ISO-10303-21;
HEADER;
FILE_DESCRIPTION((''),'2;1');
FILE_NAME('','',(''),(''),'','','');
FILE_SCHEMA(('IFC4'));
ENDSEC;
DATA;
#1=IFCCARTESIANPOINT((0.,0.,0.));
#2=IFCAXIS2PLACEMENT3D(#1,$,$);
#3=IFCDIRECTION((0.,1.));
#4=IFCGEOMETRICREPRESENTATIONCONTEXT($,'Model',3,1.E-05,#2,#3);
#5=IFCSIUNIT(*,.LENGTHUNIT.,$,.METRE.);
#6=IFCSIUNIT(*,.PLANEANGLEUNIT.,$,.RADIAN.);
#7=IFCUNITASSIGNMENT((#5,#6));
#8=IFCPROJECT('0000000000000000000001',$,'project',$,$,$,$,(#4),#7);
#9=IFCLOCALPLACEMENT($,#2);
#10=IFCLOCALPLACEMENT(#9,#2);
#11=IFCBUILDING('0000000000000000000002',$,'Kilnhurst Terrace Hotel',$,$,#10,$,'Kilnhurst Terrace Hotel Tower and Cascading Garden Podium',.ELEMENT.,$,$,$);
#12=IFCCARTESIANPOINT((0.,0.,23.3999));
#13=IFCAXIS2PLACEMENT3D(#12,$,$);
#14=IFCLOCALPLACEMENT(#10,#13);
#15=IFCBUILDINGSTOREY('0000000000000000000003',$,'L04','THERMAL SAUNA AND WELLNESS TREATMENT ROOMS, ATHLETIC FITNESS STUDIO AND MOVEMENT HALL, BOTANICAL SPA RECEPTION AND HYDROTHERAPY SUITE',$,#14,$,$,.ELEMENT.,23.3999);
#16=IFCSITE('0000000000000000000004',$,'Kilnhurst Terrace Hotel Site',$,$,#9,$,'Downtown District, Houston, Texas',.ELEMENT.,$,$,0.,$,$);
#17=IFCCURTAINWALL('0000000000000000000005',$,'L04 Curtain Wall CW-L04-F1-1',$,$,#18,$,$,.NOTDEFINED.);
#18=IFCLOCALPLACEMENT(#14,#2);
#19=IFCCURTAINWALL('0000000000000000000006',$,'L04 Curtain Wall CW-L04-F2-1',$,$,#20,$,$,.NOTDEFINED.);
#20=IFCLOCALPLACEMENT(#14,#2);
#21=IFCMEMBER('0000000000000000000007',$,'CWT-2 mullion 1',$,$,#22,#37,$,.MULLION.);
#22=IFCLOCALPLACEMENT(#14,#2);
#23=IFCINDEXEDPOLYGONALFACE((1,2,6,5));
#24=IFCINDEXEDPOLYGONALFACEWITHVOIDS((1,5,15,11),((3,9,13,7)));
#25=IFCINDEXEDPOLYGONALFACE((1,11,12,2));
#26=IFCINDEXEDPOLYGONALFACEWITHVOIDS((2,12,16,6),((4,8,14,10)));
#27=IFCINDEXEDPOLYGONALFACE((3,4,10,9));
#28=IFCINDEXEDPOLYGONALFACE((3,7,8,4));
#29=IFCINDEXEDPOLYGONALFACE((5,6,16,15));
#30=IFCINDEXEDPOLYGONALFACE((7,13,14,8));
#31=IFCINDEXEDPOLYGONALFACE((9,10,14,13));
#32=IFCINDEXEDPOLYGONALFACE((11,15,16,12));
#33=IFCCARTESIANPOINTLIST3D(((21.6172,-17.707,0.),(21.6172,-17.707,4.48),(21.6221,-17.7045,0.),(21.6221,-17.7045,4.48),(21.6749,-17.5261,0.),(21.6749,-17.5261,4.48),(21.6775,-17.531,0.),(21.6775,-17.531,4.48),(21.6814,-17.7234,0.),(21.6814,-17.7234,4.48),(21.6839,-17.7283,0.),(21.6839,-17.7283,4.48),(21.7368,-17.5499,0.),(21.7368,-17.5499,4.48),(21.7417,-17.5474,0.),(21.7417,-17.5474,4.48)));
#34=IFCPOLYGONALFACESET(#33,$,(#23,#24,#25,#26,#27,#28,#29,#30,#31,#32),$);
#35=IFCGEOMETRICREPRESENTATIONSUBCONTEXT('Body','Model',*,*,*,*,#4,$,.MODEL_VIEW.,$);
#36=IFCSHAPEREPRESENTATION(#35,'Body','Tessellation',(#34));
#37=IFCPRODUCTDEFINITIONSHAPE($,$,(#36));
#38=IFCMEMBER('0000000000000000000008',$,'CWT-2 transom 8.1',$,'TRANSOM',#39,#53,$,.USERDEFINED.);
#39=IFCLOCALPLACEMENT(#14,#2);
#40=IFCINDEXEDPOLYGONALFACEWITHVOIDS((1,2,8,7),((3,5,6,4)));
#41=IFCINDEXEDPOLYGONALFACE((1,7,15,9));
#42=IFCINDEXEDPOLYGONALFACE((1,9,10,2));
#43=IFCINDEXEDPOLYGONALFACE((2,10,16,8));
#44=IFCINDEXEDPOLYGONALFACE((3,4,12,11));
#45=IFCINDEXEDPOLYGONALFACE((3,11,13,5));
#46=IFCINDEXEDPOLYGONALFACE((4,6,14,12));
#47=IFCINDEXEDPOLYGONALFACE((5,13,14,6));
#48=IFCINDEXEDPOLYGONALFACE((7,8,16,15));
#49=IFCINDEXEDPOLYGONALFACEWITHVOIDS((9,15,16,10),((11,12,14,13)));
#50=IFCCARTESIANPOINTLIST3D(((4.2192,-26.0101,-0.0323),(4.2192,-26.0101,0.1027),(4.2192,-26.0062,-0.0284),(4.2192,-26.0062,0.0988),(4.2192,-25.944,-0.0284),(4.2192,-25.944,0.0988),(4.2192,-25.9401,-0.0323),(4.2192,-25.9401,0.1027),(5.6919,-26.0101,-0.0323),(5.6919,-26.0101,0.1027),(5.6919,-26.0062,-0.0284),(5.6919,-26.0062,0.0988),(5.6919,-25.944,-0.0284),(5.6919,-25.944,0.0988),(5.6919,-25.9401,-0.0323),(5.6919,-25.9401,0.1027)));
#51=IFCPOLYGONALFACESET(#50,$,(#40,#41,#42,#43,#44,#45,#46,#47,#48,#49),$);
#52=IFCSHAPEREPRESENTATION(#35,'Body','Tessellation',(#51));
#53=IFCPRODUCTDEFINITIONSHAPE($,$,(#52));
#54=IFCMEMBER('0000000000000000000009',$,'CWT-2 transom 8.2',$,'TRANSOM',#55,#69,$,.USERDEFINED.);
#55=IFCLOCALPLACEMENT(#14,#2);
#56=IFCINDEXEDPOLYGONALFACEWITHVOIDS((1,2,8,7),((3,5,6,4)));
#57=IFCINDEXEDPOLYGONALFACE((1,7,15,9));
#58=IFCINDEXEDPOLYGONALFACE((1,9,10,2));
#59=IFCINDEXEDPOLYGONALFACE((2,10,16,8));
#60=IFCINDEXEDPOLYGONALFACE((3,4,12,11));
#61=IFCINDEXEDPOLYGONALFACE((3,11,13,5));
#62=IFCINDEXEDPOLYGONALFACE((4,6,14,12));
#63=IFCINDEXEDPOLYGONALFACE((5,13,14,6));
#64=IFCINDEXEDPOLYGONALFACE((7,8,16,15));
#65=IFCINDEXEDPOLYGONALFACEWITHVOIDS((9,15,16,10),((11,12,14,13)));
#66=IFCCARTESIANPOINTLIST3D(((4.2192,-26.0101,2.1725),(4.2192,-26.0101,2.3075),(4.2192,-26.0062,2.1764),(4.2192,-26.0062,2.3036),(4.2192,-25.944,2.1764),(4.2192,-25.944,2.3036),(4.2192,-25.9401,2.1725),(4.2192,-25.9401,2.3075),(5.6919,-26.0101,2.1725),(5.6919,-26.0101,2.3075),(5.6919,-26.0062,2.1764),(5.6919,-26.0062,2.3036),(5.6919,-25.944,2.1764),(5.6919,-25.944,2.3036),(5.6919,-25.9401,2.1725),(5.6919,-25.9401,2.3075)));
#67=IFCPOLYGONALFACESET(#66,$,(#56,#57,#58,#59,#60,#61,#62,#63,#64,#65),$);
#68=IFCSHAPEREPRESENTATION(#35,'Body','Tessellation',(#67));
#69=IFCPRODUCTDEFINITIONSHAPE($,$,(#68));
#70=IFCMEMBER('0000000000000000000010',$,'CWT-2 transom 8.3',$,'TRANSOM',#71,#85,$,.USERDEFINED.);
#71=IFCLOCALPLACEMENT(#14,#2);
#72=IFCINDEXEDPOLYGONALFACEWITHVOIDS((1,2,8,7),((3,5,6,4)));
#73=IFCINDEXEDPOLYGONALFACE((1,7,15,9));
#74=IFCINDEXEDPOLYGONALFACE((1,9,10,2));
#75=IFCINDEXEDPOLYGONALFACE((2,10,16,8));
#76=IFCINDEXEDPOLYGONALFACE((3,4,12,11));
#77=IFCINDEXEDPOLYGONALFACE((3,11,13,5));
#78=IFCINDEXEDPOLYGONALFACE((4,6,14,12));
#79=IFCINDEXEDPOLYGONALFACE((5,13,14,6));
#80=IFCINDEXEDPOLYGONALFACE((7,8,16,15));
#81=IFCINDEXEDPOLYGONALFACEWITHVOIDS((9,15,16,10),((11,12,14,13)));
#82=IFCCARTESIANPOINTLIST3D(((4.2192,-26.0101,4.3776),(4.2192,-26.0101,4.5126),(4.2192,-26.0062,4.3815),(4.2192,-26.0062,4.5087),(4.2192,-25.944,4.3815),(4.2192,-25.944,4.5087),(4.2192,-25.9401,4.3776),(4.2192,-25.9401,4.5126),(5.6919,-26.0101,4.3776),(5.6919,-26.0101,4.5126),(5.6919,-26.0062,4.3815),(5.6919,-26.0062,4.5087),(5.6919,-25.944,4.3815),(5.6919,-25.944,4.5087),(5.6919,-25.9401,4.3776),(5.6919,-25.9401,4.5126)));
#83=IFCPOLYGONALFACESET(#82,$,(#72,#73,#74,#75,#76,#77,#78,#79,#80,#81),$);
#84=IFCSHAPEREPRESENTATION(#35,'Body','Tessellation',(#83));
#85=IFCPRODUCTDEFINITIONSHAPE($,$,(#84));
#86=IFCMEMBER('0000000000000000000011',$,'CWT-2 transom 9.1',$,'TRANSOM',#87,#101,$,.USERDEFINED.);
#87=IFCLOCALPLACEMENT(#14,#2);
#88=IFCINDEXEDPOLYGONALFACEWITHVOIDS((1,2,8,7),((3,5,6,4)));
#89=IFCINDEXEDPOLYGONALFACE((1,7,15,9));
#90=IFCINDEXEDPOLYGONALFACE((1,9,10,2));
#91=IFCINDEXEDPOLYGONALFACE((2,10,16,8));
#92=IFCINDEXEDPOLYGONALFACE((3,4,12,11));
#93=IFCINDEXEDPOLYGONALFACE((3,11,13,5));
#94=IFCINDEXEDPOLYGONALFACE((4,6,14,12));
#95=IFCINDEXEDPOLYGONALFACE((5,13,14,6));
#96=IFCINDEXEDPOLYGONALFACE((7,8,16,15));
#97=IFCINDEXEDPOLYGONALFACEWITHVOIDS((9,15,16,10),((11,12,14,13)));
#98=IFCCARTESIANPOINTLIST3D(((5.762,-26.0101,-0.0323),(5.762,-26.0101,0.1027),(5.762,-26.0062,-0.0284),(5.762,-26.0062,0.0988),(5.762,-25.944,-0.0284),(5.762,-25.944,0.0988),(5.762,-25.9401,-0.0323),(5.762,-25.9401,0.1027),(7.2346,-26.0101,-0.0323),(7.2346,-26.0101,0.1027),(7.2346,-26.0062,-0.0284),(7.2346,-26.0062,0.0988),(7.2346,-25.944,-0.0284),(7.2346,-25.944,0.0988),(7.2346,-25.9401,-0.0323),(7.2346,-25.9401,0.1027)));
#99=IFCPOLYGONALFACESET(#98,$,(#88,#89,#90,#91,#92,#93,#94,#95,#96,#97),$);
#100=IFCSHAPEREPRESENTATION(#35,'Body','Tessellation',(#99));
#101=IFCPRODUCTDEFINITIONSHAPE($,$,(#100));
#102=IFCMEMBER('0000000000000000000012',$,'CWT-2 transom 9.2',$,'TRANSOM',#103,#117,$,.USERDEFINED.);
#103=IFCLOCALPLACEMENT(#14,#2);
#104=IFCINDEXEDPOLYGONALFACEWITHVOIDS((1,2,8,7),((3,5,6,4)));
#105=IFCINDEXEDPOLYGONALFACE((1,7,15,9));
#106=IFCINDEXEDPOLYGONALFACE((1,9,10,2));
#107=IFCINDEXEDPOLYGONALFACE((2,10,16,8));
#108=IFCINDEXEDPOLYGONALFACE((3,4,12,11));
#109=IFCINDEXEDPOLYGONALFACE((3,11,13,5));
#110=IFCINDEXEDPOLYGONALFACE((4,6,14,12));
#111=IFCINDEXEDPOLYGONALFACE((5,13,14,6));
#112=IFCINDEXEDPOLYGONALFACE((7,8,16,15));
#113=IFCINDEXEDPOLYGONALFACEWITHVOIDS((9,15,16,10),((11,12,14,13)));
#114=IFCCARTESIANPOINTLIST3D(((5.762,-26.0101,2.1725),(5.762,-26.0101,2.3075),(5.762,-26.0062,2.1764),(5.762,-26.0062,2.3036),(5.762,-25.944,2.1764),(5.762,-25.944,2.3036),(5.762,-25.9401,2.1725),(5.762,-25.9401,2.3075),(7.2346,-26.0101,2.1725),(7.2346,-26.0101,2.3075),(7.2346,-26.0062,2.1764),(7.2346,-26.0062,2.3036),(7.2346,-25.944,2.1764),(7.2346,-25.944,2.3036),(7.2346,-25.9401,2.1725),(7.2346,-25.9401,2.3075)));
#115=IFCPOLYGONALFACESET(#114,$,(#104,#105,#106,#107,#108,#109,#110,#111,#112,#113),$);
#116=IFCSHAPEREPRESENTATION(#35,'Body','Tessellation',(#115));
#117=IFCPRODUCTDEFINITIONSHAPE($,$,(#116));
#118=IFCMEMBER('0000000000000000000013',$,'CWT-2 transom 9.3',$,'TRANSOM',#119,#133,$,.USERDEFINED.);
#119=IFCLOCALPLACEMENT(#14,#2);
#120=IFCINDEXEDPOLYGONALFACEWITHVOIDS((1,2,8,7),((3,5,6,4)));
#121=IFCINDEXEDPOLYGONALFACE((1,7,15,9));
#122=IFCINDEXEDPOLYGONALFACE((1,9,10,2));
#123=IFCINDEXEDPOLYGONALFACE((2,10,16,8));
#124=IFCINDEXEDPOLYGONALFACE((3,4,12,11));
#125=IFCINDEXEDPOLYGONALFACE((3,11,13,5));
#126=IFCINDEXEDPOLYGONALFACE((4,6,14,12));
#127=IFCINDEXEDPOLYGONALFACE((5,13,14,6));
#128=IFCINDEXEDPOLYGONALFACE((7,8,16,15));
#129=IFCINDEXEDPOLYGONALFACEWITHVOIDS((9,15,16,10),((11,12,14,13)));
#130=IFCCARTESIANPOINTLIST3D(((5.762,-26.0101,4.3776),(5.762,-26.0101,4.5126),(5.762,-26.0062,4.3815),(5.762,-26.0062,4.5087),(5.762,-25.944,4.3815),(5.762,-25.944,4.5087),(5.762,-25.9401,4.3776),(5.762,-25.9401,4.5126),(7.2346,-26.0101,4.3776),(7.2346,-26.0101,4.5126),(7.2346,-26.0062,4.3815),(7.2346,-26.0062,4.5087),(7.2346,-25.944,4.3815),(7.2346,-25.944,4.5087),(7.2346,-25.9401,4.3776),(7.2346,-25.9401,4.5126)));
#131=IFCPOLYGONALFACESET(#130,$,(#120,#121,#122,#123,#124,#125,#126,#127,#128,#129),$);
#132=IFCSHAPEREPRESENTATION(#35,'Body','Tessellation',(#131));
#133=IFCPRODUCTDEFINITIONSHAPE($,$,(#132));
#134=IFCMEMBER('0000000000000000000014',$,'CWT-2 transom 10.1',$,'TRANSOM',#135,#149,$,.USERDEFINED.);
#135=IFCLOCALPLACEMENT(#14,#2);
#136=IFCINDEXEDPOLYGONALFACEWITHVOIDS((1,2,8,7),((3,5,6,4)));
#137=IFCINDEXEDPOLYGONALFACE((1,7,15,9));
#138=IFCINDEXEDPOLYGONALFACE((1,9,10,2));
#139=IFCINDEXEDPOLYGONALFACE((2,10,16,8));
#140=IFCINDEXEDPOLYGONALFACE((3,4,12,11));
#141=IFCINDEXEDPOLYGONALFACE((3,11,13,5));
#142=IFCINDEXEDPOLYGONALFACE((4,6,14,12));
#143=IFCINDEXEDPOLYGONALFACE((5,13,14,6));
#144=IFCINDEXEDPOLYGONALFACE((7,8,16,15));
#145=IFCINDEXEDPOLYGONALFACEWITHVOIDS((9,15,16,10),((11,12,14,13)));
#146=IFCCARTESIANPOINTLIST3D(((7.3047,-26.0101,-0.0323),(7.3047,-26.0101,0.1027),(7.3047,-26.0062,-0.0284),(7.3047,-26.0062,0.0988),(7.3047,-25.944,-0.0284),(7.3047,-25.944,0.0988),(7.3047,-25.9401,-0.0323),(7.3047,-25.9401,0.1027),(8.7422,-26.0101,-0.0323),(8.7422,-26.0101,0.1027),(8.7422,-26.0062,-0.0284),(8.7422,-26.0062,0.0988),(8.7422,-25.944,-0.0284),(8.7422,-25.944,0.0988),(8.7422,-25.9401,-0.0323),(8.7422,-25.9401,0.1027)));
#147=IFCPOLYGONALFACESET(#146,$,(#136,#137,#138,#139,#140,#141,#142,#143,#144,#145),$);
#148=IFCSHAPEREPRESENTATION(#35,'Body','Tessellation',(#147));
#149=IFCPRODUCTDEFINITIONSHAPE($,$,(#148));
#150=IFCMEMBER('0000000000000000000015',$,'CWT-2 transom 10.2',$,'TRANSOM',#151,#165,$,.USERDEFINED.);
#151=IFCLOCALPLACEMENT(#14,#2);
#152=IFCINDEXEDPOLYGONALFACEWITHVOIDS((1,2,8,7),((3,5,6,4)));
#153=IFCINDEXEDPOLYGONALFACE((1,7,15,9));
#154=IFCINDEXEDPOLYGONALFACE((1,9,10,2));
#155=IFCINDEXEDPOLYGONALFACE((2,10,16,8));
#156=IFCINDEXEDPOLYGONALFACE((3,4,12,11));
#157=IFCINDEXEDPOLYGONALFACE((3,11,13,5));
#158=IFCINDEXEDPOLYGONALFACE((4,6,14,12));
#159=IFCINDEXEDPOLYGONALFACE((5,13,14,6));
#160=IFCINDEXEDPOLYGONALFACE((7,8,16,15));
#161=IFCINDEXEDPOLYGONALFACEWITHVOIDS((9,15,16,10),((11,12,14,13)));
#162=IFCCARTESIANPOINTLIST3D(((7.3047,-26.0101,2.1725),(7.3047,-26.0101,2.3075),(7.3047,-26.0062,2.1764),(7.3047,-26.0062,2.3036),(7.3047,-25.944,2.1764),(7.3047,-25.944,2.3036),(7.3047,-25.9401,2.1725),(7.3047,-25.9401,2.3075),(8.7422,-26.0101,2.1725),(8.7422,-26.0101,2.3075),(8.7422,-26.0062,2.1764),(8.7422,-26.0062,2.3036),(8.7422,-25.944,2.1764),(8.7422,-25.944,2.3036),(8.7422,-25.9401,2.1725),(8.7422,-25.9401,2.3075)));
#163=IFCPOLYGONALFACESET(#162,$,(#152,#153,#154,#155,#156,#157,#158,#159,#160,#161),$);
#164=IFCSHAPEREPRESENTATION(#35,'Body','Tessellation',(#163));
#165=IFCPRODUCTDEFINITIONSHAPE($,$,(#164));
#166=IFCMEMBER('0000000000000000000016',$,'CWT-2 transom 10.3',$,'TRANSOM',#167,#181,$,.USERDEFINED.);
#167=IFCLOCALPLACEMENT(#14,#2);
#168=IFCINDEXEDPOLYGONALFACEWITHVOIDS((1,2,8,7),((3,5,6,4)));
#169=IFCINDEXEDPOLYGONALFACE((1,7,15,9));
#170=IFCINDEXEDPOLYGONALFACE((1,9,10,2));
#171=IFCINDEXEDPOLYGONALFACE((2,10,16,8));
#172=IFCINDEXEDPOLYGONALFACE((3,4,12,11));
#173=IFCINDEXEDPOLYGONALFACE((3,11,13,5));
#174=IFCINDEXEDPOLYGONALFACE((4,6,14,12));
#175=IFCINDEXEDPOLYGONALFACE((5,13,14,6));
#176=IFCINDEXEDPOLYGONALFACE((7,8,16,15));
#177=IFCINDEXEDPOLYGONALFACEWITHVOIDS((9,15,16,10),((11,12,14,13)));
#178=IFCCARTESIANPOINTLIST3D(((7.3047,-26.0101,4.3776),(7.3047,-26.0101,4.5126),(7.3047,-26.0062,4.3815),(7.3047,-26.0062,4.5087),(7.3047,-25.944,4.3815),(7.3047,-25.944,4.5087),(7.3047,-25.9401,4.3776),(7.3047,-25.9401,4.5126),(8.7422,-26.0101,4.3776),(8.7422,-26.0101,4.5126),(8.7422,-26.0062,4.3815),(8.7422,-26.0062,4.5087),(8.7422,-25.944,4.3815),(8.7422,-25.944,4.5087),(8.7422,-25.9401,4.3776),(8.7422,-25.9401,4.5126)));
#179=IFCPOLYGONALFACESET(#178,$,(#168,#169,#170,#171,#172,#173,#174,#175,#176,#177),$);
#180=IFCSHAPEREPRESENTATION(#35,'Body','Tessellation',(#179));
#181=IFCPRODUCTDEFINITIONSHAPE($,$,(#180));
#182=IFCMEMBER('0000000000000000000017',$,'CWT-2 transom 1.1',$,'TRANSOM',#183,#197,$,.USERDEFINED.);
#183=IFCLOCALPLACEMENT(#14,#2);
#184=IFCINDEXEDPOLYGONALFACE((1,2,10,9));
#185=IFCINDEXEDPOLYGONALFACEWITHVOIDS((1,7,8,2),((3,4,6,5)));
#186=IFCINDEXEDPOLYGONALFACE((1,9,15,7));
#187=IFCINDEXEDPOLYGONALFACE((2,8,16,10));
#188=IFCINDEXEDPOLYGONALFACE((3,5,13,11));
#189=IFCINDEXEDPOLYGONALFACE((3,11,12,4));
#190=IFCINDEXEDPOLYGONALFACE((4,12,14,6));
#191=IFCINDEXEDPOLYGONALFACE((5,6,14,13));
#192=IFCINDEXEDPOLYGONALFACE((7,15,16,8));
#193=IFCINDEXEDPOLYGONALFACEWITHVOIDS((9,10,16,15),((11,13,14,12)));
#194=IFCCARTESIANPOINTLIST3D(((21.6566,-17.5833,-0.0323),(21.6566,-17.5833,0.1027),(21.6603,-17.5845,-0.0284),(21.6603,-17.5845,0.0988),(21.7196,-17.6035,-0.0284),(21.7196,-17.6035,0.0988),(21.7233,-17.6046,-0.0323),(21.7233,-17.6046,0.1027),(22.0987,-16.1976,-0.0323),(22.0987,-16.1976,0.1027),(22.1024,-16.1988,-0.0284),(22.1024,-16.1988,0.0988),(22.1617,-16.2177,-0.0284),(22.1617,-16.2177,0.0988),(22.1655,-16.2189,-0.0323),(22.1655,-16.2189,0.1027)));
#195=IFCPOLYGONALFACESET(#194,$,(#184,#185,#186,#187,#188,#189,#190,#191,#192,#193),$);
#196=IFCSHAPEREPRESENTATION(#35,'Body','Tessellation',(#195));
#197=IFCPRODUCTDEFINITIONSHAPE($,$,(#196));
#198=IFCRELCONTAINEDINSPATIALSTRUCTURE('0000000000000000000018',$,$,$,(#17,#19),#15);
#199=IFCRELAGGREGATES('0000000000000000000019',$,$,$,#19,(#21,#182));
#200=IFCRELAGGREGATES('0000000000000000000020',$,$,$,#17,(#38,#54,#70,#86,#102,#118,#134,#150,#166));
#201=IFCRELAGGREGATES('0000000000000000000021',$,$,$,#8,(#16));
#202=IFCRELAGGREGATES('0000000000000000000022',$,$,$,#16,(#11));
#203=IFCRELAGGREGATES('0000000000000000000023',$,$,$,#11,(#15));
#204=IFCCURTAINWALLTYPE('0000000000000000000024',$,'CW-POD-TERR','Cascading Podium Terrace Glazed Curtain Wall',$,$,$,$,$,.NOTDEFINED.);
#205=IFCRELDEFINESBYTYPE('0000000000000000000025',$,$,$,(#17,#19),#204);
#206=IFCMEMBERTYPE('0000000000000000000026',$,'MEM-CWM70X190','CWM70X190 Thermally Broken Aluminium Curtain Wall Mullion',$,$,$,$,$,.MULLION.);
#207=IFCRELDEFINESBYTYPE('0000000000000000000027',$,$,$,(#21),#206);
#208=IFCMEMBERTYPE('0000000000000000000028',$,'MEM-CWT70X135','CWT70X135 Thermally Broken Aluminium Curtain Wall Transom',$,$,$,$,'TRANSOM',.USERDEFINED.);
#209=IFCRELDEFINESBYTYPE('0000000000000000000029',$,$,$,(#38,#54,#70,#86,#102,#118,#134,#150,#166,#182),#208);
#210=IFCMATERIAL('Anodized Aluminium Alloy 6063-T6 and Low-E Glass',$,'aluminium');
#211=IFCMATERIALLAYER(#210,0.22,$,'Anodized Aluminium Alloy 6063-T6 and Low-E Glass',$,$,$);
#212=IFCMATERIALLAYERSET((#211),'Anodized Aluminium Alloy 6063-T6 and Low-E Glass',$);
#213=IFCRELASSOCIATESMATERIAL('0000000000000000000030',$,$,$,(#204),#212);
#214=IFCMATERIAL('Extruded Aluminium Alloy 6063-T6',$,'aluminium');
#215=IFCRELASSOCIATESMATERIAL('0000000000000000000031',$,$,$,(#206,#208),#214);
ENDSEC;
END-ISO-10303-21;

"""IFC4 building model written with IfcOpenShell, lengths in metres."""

from ifc_helpers import new_model, si_unit, direction, frame, origin, origin_2d, place, context, subcontext, project, spatial, hollow_rectangle, extrude, material, layer, layer_set, material_profile, profile_set, type_object, element, aggregate, save


model = new_model("IFC4")

# Units and contexts
model_context = context("Model", 3, precision=1e-05, world=origin(), true_north=direction((0.0, 1.0)))
body_context = subcontext(model_context, "Body", "Model", "MODEL_VIEW")
ifc_project = project(units=[si_unit("LENGTHUNIT", "METRE"), si_unit("PLANEANGLEUNIT", "RADIAN")], contexts=[model_context])

# Site, building, storey
site_placement = place(None, origin())
site = spatial("IfcSite", under=ifc_project, at=site_placement, Name="Kilnhurst Terrace Hotel Site", LongName="Downtown District, Houston, Texas", CompositionType="ELEMENT", RefElevation=0.0)
building_placement = place(site_placement, origin())
building = spatial("IfcBuilding", under=site, at=building_placement, Name="Kilnhurst Terrace Hotel", LongName="Kilnhurst Terrace Hotel Tower and Cascading Garden Podium", CompositionType="ELEMENT")
storey_placement = place(building_placement, frame((0.0, 0.0, 23.3999)))
storey = spatial("IfcBuildingStorey", under=building, at=storey_placement, Name="L04", Description="THERMAL SAUNA AND WELLNESS TREATMENT ROOMS, ATHLETIC FITNESS STUDIO AND MOVEMENT HALL, BOTANICAL SPA RECEPTION AND HYDROTHERAPY SUITE", CompositionType="ELEMENT", Elevation=23.3999)

# Curtain wall
ifc_material_1 = material(Name="Anodized Aluminium Alloy 6063-T6 and Low-E Glass", Category="aluminium")
ifc_layer_1 = layer(ifc_material_1, 0.22, Name="Anodized Aluminium Alloy 6063-T6 and Low-E Glass")
ifc_layer_set_1 = layer_set([ifc_layer_1], Name="Anodized Aluminium Alloy 6063-T6 and Low-E Glass")
curtain_wall_type = type_object("IfcCurtainWallType", Name="CW-POD-TERR", Description="Cascading Podium Terrace Glazed Curtain Wall", PredefinedType="NOTDEFINED", material=ifc_layer_set_1)
curtain_wall_1_placement = place(storey_placement, origin())
curtain_wall_1 = element("IfcCurtainWall", 1, at=curtain_wall_1_placement, inside=storey, type_object=curtain_wall_type, Name="L04 Curtain Wall CW-L04-F1-1", PredefinedType="NOTDEFINED")
ifc_material_2 = material(Name="Extruded Aluminium Alloy 6063-T6", Category="aluminium")
ifc_material_profile_1 = material_profile(ifc_material_2, hollow_rectangle(XDim=0.0701, YDim=0.1899, WallThickness=0.0039, at=origin_2d()), Name="CWM70X190")
ifc_profile_set_1 = profile_set([ifc_material_profile_1], Name="Extruded Aluminium Alloy 6063-T6")
member_type_1 = type_object("IfcMemberType", Name="MEM-CWM70X190", Description="CWM70X190 Thermally Broken Aluminium Curtain Wall Mullion", PredefinedType="MULLION", material=ifc_profile_set_1)

# Curtain wall, member
curtain_wall_2_placement = place(storey_placement, origin())
curtain_wall_2 = element("IfcCurtainWall", 2, at=curtain_wall_2_placement, inside=storey, type_object=curtain_wall_type, Name="L04 Curtain Wall CW-L04-F2-1", PredefinedType="NOTDEFINED")
member_1_placement = place(storey_placement, frame((21.6794, -17.6272, 0.0), z_axis=(0.0, 0.0, 1.0), x_axis=(-0.952675, 0.303992, 0.0)))
member_1 = element("IfcMember", 3, at=member_1_placement, type_object=member_type_1, Name="CWT-2 mullion 1", PredefinedType="MULLION", context=body_context, shape_type="SweptSolid", body=[
    extrude(hollow_rectangle(XDim=0.0701, YDim=0.1899, WallThickness=0.0039, at=origin_2d()), origin(), (0.0, 0.0, 1.0), 4.48),
])

# Members
ifc_material_profile_2 = material_profile(ifc_material_2, hollow_rectangle(XDim=0.0701, YDim=0.135, WallThickness=0.0039, at=origin_2d()), Name="CWT70X135")
ifc_profile_set_2 = profile_set([ifc_material_profile_2], Name="Extruded Aluminium Alloy 6063-T6")
member_type_2 = type_object("IfcMemberType", Name="MEM-CWT70X135", Description="CWT70X135 Thermally Broken Aluminium Curtain Wall Transom", ElementType="TRANSOM", PredefinedType="USERDEFINED", material=ifc_profile_set_2)
member_2_placement = place(storey_placement, frame((4.2192, -25.9751, 0.0352), z_axis=(1.0, 0.0, 0.0), x_axis=(0.0, 1.0, 0.0)))
member_2 = element("IfcMember", 4, at=member_2_placement, type_object=member_type_2, Name="CWT-2 transom 8.1", ObjectType="TRANSOM", PredefinedType="USERDEFINED", context=body_context, shape_type="SweptSolid", body=[
    extrude(hollow_rectangle(XDim=0.0701, YDim=0.135, WallThickness=0.0039, at=origin_2d()), origin(), (0.0, 0.0, 1.0), 1.4727),
])
member_3_placement = place(storey_placement, frame((4.2192, -25.9751, 2.24), z_axis=(1.0, 0.0, 0.0), x_axis=(0.0, 1.0, 0.0)))
member_3 = element("IfcMember", 5, at=member_3_placement, type_object=member_type_2, Name="CWT-2 transom 8.2", ObjectType="TRANSOM", PredefinedType="USERDEFINED", context=body_context, shape_type="SweptSolid", body=[
    extrude(hollow_rectangle(XDim=0.0701, YDim=0.135, WallThickness=0.0039, at=origin_2d()), origin(), (0.0, 0.0, 1.0), 1.4727),
])
member_4_placement = place(storey_placement, frame((4.2192, -25.9751, 4.4451), z_axis=(1.0, 0.0, 0.0), x_axis=(0.0, 1.0, 0.0)))
member_4 = element("IfcMember", 6, at=member_4_placement, type_object=member_type_2, Name="CWT-2 transom 8.3", ObjectType="TRANSOM", PredefinedType="USERDEFINED", context=body_context, shape_type="SweptSolid", body=[
    extrude(hollow_rectangle(XDim=0.0701, YDim=0.135, WallThickness=0.0039, at=origin_2d()), origin(), (0.0, 0.0, 1.0), 1.4727),
])
member_5_placement = place(storey_placement, frame((5.762, -25.9751, 0.0352), z_axis=(1.0, 0.0, 0.0), x_axis=(0.0, 1.0, 0.0)))
member_5 = element("IfcMember", 7, at=member_5_placement, type_object=member_type_2, Name="CWT-2 transom 9.1", ObjectType="TRANSOM", PredefinedType="USERDEFINED", context=body_context, shape_type="SweptSolid", body=[
    extrude(hollow_rectangle(XDim=0.0701, YDim=0.135, WallThickness=0.0039, at=origin_2d()), origin(), (0.0, 0.0, 1.0), 1.4727),
])
member_6_placement = place(storey_placement, frame((5.762, -25.9751, 2.24), z_axis=(1.0, 0.0, 0.0), x_axis=(0.0, 1.0, 0.0)))
member_6 = element("IfcMember", 8, at=member_6_placement, type_object=member_type_2, Name="CWT-2 transom 9.2", ObjectType="TRANSOM", PredefinedType="USERDEFINED", context=body_context, shape_type="SweptSolid", body=[
    extrude(hollow_rectangle(XDim=0.0701, YDim=0.135, WallThickness=0.0039, at=origin_2d()), origin(), (0.0, 0.0, 1.0), 1.4727),
])
member_7_placement = place(storey_placement, frame((5.762, -25.9751, 4.4451), z_axis=(1.0, 0.0, 0.0), x_axis=(0.0, 1.0, 0.0)))
member_7 = element("IfcMember", 9, at=member_7_placement, type_object=member_type_2, Name="CWT-2 transom 9.3", ObjectType="TRANSOM", PredefinedType="USERDEFINED", context=body_context, shape_type="SweptSolid", body=[
    extrude(hollow_rectangle(XDim=0.0701, YDim=0.135, WallThickness=0.0039, at=origin_2d()), origin(), (0.0, 0.0, 1.0), 1.4727),
])
member_8_placement = place(storey_placement, frame((7.3047, -25.9751, 0.0352), z_axis=(1.0, 0.0, 0.0), x_axis=(0.0, 1.0, 0.0)))
member_8 = element("IfcMember", 10, at=member_8_placement, type_object=member_type_2, Name="CWT-2 transom 10.1", ObjectType="TRANSOM", PredefinedType="USERDEFINED", context=body_context, shape_type="SweptSolid", body=[
    extrude(hollow_rectangle(XDim=0.0701, YDim=0.135, WallThickness=0.0039, at=origin_2d()), origin(), (0.0, 0.0, 1.0), 1.4375),
])
member_9_placement = place(storey_placement, frame((7.3047, -25.9751, 2.24), z_axis=(1.0, 0.0, 0.0), x_axis=(0.0, 1.0, 0.0)))
member_9 = element("IfcMember", 11, at=member_9_placement, type_object=member_type_2, Name="CWT-2 transom 10.2", ObjectType="TRANSOM", PredefinedType="USERDEFINED", context=body_context, shape_type="SweptSolid", body=[
    extrude(hollow_rectangle(XDim=0.0701, YDim=0.135, WallThickness=0.0039, at=origin_2d()), origin(), (0.0, 0.0, 1.0), 1.4375),
])
member_10_placement = place(storey_placement, frame((7.3047, -25.9751, 4.4451), z_axis=(1.0, 0.0, 0.0), x_axis=(0.0, 1.0, 0.0)))
member_10 = element("IfcMember", 12, at=member_10_placement, type_object=member_type_2, Name="CWT-2 transom 10.3", ObjectType="TRANSOM", PredefinedType="USERDEFINED", context=body_context, shape_type="SweptSolid", body=[
    extrude(hollow_rectangle(XDim=0.0701, YDim=0.135, WallThickness=0.0039, at=origin_2d()), origin(), (0.0, 0.0, 1.0), 1.4375),
])
member_11_placement = place(storey_placement, frame((21.6899, -17.594, 0.0352), z_axis=(0.303966, 0.952683, 0.0), x_axis=(-0.952683, 0.303966, 0.0)))
member_11 = element("IfcMember", 13, at=member_11_placement, type_object=member_type_2, Name="CWT-2 transom 1.1", ObjectType="TRANSOM", PredefinedType="USERDEFINED", context=body_context, shape_type="SweptSolid", body=[
    extrude(hollow_rectangle(XDim=0.0701, YDim=0.135, WallThickness=0.0039, at=origin_2d()), origin(), (0.0, 0.0, 1.0), 1.4546),
])
aggregate(curtain_wall_2, [member_1, member_11])

aggregate(curtain_wall_1, [member_2, member_3, member_4, member_5, member_6, member_7, member_8, member_9, member_10])

save(model, "model.ifc")
